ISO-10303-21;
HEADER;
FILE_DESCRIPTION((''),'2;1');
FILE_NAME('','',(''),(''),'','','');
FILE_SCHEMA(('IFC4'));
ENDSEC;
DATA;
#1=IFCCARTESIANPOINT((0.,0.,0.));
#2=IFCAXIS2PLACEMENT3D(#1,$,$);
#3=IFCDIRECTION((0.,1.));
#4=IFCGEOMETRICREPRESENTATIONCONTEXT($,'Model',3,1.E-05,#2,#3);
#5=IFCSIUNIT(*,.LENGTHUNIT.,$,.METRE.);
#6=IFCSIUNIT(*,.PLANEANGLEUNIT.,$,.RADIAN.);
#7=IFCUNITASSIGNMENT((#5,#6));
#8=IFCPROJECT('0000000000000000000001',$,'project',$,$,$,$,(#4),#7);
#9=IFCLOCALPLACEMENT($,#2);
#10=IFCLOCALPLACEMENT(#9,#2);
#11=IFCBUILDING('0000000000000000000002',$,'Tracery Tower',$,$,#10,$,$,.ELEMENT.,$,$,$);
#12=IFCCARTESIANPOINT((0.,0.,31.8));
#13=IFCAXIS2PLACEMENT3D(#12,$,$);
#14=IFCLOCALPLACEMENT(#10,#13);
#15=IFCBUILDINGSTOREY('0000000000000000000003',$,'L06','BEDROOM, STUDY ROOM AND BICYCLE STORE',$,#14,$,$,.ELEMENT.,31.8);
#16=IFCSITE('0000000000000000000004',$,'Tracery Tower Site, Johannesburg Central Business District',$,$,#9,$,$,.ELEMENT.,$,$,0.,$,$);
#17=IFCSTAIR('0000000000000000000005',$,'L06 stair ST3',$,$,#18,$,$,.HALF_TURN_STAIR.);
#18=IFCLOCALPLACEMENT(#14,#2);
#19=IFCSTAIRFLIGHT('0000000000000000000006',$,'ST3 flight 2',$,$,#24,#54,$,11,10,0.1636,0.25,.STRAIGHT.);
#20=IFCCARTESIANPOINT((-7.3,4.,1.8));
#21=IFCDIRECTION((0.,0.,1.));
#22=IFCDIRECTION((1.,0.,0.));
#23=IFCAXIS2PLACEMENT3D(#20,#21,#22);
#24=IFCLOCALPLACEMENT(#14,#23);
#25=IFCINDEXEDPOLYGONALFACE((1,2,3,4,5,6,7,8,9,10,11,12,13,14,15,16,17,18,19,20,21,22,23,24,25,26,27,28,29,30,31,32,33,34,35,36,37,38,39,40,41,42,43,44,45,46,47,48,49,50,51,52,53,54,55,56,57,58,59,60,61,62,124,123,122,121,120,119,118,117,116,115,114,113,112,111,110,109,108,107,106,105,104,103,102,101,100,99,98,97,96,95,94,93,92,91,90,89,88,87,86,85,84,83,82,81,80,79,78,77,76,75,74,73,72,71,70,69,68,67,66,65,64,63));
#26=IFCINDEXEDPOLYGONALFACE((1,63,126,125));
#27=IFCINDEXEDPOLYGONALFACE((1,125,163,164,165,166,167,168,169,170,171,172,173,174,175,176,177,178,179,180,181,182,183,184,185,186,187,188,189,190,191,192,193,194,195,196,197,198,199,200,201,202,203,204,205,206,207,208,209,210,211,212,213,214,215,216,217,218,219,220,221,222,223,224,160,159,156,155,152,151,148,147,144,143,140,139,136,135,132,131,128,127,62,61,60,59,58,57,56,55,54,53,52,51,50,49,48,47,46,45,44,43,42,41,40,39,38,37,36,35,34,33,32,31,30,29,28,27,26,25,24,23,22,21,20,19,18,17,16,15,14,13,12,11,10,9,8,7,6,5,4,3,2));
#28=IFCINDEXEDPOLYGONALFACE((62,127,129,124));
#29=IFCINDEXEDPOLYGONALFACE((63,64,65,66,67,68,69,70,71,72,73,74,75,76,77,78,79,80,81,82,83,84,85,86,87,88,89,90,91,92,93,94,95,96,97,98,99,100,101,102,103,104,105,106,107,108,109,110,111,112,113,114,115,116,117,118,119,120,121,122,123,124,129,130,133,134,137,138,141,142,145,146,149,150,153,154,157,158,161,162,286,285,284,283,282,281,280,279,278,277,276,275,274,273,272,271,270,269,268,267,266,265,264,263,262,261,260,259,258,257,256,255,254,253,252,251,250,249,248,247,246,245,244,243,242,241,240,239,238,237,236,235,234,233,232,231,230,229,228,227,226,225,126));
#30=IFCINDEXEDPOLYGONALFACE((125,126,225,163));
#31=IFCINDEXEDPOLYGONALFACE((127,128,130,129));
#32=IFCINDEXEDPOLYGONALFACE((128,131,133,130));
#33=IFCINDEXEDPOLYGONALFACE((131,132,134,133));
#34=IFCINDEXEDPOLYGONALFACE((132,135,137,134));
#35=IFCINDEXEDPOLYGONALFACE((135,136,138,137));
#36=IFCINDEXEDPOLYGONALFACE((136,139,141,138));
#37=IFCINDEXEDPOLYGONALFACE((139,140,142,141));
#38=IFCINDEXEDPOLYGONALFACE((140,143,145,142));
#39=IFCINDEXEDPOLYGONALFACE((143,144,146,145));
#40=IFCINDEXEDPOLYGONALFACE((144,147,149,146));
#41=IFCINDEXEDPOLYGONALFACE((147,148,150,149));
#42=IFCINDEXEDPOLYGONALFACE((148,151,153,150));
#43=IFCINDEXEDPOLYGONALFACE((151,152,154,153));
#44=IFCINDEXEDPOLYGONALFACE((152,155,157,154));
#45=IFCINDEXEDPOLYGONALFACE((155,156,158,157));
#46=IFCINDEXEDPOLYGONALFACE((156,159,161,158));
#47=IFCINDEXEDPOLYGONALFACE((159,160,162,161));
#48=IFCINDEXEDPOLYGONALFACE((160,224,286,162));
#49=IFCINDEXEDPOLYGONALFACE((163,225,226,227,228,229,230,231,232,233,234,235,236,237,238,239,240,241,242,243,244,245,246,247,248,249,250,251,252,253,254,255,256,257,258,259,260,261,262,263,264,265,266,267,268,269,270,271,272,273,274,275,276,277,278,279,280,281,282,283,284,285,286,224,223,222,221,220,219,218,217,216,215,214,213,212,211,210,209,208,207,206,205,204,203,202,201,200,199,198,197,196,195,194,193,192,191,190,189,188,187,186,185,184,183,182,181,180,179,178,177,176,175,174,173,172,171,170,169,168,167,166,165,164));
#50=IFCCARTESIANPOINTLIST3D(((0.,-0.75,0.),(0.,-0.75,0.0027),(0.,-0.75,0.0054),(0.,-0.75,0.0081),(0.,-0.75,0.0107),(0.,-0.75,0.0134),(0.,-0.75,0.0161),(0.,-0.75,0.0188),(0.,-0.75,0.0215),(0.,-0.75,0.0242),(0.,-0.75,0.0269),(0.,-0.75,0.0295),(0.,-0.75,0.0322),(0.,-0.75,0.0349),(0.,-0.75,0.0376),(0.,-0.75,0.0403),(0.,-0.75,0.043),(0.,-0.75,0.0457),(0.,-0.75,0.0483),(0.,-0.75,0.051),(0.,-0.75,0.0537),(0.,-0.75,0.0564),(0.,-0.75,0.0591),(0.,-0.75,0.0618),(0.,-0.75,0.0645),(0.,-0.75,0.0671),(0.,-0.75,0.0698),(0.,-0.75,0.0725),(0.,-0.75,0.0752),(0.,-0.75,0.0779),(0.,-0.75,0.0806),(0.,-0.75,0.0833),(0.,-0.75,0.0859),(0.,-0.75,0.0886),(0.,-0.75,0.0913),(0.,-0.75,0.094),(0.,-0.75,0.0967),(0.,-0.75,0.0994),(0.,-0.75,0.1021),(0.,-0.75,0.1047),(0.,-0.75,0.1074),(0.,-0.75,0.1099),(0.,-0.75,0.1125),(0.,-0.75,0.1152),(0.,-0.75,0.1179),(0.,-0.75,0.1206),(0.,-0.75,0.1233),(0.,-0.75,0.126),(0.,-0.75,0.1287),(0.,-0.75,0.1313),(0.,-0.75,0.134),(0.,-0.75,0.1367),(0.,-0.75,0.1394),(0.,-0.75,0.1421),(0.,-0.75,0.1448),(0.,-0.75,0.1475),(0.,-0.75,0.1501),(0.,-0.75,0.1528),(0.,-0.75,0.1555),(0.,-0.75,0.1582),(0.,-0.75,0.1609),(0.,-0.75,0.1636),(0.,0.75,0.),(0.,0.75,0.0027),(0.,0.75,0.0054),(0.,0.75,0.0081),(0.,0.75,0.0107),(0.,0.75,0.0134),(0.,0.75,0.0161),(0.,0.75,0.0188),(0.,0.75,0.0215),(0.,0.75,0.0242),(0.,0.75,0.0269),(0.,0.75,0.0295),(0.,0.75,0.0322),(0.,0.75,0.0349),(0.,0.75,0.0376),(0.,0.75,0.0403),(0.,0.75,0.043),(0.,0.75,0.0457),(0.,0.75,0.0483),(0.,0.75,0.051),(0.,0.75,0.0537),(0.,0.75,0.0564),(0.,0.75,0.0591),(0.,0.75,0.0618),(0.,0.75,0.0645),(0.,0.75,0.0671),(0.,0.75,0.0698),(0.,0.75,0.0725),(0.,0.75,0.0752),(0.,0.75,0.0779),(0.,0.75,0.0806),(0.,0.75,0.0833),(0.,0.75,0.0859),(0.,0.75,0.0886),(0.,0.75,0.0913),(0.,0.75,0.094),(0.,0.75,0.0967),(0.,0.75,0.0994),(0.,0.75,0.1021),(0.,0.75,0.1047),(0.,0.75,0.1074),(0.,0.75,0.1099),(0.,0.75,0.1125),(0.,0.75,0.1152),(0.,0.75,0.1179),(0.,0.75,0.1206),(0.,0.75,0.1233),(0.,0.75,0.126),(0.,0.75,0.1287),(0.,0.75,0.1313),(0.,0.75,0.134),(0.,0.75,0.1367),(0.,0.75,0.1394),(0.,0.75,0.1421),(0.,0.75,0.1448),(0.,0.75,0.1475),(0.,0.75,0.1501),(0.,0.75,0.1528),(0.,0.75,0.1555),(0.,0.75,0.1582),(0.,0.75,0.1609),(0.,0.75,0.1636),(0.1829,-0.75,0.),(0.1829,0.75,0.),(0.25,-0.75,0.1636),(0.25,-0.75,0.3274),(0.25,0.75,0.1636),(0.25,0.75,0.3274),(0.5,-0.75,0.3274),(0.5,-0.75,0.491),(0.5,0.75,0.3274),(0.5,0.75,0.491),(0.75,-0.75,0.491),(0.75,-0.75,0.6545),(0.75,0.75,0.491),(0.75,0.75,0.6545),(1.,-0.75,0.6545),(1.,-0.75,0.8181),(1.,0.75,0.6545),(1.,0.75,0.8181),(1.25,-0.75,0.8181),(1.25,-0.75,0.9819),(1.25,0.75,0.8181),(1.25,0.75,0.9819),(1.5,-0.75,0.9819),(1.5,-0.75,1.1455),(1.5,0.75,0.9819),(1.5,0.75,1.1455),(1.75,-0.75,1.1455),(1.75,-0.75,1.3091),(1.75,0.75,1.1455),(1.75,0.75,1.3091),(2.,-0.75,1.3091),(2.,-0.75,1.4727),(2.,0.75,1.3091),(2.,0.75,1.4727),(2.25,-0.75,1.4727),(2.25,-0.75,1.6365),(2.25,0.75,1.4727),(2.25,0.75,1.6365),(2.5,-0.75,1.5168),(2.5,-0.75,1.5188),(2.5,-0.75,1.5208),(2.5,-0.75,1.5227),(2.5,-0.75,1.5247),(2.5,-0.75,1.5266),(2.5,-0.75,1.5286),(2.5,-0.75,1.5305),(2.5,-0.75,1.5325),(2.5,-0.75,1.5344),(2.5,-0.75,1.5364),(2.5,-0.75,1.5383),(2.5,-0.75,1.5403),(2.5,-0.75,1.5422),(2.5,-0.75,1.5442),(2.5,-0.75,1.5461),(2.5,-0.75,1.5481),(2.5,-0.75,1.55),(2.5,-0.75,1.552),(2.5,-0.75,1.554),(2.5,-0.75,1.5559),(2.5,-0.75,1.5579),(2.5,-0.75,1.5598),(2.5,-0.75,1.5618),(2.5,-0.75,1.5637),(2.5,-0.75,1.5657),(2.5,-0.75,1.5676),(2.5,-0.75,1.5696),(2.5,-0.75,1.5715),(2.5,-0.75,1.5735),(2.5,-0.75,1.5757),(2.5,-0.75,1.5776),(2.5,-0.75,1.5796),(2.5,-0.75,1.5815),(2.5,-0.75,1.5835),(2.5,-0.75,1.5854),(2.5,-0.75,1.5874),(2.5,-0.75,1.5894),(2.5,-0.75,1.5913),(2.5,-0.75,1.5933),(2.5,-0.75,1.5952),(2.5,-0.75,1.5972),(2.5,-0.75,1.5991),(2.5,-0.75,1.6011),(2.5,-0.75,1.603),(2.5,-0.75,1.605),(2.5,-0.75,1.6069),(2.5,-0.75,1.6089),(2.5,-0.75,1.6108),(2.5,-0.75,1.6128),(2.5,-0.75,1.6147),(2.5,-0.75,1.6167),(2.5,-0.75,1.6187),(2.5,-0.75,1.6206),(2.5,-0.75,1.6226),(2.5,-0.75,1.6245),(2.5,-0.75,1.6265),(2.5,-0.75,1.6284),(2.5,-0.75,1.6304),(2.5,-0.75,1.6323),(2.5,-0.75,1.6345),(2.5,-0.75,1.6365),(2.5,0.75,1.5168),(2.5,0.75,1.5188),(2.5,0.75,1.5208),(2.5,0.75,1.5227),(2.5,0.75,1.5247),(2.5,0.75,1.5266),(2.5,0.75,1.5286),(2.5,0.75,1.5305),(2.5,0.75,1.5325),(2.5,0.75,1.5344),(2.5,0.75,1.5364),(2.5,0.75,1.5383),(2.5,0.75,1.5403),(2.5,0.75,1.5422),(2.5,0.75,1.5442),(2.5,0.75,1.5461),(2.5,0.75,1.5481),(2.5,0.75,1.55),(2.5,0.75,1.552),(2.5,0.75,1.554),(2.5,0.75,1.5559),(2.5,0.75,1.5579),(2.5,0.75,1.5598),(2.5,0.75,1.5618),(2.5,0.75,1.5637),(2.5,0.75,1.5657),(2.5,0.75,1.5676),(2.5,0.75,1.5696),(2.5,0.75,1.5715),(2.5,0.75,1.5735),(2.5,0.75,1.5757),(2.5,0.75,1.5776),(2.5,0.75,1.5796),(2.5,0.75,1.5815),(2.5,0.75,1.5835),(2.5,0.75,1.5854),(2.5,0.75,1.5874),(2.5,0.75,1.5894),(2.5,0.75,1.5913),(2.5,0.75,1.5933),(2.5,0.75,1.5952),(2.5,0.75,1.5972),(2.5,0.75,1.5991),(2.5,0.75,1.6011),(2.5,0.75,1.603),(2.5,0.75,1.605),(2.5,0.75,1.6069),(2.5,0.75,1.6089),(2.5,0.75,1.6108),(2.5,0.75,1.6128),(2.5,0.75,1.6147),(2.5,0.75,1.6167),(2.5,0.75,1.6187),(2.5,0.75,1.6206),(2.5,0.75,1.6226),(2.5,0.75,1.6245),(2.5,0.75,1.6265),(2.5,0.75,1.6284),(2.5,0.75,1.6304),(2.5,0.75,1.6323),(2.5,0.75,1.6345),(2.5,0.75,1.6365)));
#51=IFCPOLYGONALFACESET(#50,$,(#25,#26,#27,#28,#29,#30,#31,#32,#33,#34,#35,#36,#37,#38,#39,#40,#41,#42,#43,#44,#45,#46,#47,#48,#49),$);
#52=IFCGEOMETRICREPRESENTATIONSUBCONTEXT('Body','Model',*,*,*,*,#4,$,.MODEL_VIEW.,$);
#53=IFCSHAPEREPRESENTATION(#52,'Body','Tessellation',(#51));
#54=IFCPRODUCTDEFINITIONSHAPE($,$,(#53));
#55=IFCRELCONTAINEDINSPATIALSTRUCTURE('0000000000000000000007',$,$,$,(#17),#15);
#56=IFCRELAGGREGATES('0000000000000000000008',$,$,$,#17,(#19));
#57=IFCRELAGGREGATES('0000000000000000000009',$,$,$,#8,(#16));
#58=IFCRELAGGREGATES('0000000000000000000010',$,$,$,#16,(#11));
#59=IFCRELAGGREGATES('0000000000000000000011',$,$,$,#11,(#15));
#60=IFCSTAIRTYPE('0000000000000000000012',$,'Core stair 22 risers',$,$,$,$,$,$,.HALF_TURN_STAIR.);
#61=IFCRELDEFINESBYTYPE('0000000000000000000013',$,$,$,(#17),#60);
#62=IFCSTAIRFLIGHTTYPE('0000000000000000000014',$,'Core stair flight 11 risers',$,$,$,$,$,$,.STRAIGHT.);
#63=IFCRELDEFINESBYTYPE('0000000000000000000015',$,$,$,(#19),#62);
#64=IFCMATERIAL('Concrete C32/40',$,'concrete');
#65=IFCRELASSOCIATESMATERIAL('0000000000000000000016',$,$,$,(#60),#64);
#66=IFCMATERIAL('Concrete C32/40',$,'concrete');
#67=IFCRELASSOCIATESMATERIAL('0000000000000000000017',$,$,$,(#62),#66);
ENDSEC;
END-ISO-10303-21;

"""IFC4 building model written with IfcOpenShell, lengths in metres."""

from ifc_helpers import new_model, si_unit, direction, frame, origin, place, context, subcontext, project, spatial, polyline, outline, extrude, material, type_object, element, aggregate, save


model = new_model("IFC4")

# Units and contexts
model_context = context("Model", 3, precision=1e-05, world=origin(), true_north=direction((0.0, 1.0)))
body_context = subcontext(model_context, "Body", "Model", "MODEL_VIEW")
ifc_project = project(units=[si_unit("LENGTHUNIT", "METRE"), si_unit("PLANEANGLEUNIT", "RADIAN")], contexts=[model_context])

# Site, building, storey
site_placement = place(None, origin())
site = spatial("IfcSite", under=ifc_project, at=site_placement, Name="Tracery Tower Site, Johannesburg Central Business District", CompositionType="ELEMENT", RefElevation=0.0)
building_placement = place(site_placement, origin())
building = spatial("IfcBuilding", under=site, at=building_placement, Name="Tracery Tower", CompositionType="ELEMENT")
storey_placement = place(building_placement, frame((0.0, 0.0, 31.8)))
storey = spatial("IfcBuildingStorey", under=building, at=storey_placement, Name="L06", Description="BEDROOM, STUDY ROOM AND BICYCLE STORE", CompositionType="ELEMENT", Elevation=31.8)

# Stair, stair flight
ifc_material_1 = material(Name="Concrete C32/40", Category="concrete")
stair_type = type_object("IfcStairType", Name="Core stair 22 risers", PredefinedType="HALF_TURN_STAIR", material=ifc_material_1)
stair_placement = place(storey_placement, origin())
stair = element("IfcStair", 1, at=stair_placement, inside=storey, type_object=stair_type, Name="L06 stair ST3", PredefinedType="HALF_TURN_STAIR")
ifc_material_2 = material(Name="Concrete C32/40", Category="concrete")
stair_flight_type = type_object("IfcStairFlightType", Name="Core stair flight 11 risers", PredefinedType="STRAIGHT", material=ifc_material_2)
stair_flight_1_placement = place(storey_placement, frame((-7.3, 4.0, 1.8), z_axis=(0.0, 0.0, 1.0), x_axis=(1.0, 0.0, 0.0)))
stair_flight_1 = element("IfcStairFlight", 2, at=stair_flight_1_placement, type_object=stair_flight_type, Name="ST3 flight 2", NumberOfRisers=11, NumberOfTreads=10, PredefinedType="STRAIGHT", RiserHeight=0.1636, TreadLength=0.25, context=body_context, shape_type="SweptSolid", body=[
    extrude(outline(polyline([(0.0, 0.0), (0.0, 0.0027), (0.0, 0.0054), (0.0, 0.0081), (0.0, 0.0107), (0.0, 0.0134), (0.0, 0.0161), (0.0, 0.0188), (0.0, 0.0215), (0.0, 0.0242), (0.0, 0.0269), (0.0, 0.0295), (0.0, 0.0322), (0.0, 0.0349), (0.0, 0.0376), (0.0, 0.0403), (0.0, 0.043), (0.0, 0.0457), (0.0, 0.0483), (0.0, 0.051), (0.0, 0.0537), (0.0, 0.0564), (0.0, 0.0591), (0.0, 0.0618), (0.0, 0.0645), (0.0, 0.0671), (0.0, 0.0698), (0.0, 0.0725), (0.0, 0.0752), (0.0, 0.0779), (0.0, 0.0806), (0.0, 0.0833), (0.0, 0.0859), (0.0, 0.0886), (0.0, 0.0913), (0.0, 0.094), (0.0, 0.0967), (0.0, 0.0994), (0.0, 0.1021), (0.0, 0.1047), (0.0, 0.1074), (0.0, 0.1099), (0.0, 0.1125), (0.0, 0.1152), (0.0, 0.1179), (0.0, 0.1206), (0.0, 0.1233), (0.0, 0.126), (0.0, 0.1287), (0.0, 0.1313), (0.0, 0.134), (0.0, 0.1367), (0.0, 0.1394), (0.0, 0.1421), (0.0, 0.1448), (0.0, 0.1475), (0.0, 0.1501), (0.0, 0.1528), (0.0, 0.1555), (0.0, 0.1582), (0.0, 0.1609), (0.0, 0.1636), (0.25, 0.1636), (0.25, 0.3274), (0.5, 0.3274), (0.5, 0.491), (0.75, 0.491), (0.75, 0.6545), (1.0, 0.6545), (1.0, 0.8181), (1.25, 0.8181), (1.25, 0.9819), (1.5, 0.9819), (1.5, 1.1455), (1.75, 1.1455), (1.75, 1.3091), (2.0, 1.3091), (2.0, 1.4727), (2.25, 1.4727), (2.25, 1.6365), (2.5, 1.6365), (2.5, 1.6345), (2.5, 1.6323), (2.5, 1.6304), (2.5, 1.6284), (2.5, 1.6265), (2.5, 1.6245), (2.5, 1.6226), (2.5, 1.6206), (2.5, 1.6187), (2.5, 1.6167), (2.5, 1.6147), (2.5, 1.6128), (2.5, 1.6108), (2.5, 1.6089), (2.5, 1.6069), (2.5, 1.605), (2.5, 1.603), (2.5, 1.6011), (2.5, 1.5991), (2.5, 1.5972), (2.5, 1.5952), (2.5, 1.5933), (2.5, 1.5913), (2.5, 1.5894), (2.5, 1.5874), (2.5, 1.5854), (2.5, 1.5835), (2.5, 1.5815), (2.5, 1.5796), (2.5, 1.5776), (2.5, 1.5757), (2.5, 1.5735), (2.5, 1.5715), (2.5, 1.5696), (2.5, 1.5676), (2.5, 1.5657), (2.5, 1.5637), (2.5, 1.5618), (2.5, 1.5598), (2.5, 1.5579), (2.5, 1.5559), (2.5, 1.554), (2.5, 1.552), (2.5, 1.55), (2.5, 1.5481), (2.5, 1.5461), (2.5, 1.5442), (2.5, 1.5422), (2.5, 1.5403), (2.5, 1.5383), (2.5, 1.5364), (2.5, 1.5344), (2.5, 1.5325), (2.5, 1.5305), (2.5, 1.5286), (2.5, 1.5266), (2.5, 1.5247), (2.5, 1.5227), (2.5, 1.5208), (2.5, 1.5188), (2.5, 1.5168), (0.1829, 0.0), (0.0, 0.0)])), frame((0.0, 0.75, 0.0), z_axis=(0.0, -1.0, 0.0), x_axis=(1.0, 0.0, 0.0)), (0.0, 0.0, 1.0), 1.5),
])
aggregate(stair, [stair_flight_1])

save(model, "model.ifc")
